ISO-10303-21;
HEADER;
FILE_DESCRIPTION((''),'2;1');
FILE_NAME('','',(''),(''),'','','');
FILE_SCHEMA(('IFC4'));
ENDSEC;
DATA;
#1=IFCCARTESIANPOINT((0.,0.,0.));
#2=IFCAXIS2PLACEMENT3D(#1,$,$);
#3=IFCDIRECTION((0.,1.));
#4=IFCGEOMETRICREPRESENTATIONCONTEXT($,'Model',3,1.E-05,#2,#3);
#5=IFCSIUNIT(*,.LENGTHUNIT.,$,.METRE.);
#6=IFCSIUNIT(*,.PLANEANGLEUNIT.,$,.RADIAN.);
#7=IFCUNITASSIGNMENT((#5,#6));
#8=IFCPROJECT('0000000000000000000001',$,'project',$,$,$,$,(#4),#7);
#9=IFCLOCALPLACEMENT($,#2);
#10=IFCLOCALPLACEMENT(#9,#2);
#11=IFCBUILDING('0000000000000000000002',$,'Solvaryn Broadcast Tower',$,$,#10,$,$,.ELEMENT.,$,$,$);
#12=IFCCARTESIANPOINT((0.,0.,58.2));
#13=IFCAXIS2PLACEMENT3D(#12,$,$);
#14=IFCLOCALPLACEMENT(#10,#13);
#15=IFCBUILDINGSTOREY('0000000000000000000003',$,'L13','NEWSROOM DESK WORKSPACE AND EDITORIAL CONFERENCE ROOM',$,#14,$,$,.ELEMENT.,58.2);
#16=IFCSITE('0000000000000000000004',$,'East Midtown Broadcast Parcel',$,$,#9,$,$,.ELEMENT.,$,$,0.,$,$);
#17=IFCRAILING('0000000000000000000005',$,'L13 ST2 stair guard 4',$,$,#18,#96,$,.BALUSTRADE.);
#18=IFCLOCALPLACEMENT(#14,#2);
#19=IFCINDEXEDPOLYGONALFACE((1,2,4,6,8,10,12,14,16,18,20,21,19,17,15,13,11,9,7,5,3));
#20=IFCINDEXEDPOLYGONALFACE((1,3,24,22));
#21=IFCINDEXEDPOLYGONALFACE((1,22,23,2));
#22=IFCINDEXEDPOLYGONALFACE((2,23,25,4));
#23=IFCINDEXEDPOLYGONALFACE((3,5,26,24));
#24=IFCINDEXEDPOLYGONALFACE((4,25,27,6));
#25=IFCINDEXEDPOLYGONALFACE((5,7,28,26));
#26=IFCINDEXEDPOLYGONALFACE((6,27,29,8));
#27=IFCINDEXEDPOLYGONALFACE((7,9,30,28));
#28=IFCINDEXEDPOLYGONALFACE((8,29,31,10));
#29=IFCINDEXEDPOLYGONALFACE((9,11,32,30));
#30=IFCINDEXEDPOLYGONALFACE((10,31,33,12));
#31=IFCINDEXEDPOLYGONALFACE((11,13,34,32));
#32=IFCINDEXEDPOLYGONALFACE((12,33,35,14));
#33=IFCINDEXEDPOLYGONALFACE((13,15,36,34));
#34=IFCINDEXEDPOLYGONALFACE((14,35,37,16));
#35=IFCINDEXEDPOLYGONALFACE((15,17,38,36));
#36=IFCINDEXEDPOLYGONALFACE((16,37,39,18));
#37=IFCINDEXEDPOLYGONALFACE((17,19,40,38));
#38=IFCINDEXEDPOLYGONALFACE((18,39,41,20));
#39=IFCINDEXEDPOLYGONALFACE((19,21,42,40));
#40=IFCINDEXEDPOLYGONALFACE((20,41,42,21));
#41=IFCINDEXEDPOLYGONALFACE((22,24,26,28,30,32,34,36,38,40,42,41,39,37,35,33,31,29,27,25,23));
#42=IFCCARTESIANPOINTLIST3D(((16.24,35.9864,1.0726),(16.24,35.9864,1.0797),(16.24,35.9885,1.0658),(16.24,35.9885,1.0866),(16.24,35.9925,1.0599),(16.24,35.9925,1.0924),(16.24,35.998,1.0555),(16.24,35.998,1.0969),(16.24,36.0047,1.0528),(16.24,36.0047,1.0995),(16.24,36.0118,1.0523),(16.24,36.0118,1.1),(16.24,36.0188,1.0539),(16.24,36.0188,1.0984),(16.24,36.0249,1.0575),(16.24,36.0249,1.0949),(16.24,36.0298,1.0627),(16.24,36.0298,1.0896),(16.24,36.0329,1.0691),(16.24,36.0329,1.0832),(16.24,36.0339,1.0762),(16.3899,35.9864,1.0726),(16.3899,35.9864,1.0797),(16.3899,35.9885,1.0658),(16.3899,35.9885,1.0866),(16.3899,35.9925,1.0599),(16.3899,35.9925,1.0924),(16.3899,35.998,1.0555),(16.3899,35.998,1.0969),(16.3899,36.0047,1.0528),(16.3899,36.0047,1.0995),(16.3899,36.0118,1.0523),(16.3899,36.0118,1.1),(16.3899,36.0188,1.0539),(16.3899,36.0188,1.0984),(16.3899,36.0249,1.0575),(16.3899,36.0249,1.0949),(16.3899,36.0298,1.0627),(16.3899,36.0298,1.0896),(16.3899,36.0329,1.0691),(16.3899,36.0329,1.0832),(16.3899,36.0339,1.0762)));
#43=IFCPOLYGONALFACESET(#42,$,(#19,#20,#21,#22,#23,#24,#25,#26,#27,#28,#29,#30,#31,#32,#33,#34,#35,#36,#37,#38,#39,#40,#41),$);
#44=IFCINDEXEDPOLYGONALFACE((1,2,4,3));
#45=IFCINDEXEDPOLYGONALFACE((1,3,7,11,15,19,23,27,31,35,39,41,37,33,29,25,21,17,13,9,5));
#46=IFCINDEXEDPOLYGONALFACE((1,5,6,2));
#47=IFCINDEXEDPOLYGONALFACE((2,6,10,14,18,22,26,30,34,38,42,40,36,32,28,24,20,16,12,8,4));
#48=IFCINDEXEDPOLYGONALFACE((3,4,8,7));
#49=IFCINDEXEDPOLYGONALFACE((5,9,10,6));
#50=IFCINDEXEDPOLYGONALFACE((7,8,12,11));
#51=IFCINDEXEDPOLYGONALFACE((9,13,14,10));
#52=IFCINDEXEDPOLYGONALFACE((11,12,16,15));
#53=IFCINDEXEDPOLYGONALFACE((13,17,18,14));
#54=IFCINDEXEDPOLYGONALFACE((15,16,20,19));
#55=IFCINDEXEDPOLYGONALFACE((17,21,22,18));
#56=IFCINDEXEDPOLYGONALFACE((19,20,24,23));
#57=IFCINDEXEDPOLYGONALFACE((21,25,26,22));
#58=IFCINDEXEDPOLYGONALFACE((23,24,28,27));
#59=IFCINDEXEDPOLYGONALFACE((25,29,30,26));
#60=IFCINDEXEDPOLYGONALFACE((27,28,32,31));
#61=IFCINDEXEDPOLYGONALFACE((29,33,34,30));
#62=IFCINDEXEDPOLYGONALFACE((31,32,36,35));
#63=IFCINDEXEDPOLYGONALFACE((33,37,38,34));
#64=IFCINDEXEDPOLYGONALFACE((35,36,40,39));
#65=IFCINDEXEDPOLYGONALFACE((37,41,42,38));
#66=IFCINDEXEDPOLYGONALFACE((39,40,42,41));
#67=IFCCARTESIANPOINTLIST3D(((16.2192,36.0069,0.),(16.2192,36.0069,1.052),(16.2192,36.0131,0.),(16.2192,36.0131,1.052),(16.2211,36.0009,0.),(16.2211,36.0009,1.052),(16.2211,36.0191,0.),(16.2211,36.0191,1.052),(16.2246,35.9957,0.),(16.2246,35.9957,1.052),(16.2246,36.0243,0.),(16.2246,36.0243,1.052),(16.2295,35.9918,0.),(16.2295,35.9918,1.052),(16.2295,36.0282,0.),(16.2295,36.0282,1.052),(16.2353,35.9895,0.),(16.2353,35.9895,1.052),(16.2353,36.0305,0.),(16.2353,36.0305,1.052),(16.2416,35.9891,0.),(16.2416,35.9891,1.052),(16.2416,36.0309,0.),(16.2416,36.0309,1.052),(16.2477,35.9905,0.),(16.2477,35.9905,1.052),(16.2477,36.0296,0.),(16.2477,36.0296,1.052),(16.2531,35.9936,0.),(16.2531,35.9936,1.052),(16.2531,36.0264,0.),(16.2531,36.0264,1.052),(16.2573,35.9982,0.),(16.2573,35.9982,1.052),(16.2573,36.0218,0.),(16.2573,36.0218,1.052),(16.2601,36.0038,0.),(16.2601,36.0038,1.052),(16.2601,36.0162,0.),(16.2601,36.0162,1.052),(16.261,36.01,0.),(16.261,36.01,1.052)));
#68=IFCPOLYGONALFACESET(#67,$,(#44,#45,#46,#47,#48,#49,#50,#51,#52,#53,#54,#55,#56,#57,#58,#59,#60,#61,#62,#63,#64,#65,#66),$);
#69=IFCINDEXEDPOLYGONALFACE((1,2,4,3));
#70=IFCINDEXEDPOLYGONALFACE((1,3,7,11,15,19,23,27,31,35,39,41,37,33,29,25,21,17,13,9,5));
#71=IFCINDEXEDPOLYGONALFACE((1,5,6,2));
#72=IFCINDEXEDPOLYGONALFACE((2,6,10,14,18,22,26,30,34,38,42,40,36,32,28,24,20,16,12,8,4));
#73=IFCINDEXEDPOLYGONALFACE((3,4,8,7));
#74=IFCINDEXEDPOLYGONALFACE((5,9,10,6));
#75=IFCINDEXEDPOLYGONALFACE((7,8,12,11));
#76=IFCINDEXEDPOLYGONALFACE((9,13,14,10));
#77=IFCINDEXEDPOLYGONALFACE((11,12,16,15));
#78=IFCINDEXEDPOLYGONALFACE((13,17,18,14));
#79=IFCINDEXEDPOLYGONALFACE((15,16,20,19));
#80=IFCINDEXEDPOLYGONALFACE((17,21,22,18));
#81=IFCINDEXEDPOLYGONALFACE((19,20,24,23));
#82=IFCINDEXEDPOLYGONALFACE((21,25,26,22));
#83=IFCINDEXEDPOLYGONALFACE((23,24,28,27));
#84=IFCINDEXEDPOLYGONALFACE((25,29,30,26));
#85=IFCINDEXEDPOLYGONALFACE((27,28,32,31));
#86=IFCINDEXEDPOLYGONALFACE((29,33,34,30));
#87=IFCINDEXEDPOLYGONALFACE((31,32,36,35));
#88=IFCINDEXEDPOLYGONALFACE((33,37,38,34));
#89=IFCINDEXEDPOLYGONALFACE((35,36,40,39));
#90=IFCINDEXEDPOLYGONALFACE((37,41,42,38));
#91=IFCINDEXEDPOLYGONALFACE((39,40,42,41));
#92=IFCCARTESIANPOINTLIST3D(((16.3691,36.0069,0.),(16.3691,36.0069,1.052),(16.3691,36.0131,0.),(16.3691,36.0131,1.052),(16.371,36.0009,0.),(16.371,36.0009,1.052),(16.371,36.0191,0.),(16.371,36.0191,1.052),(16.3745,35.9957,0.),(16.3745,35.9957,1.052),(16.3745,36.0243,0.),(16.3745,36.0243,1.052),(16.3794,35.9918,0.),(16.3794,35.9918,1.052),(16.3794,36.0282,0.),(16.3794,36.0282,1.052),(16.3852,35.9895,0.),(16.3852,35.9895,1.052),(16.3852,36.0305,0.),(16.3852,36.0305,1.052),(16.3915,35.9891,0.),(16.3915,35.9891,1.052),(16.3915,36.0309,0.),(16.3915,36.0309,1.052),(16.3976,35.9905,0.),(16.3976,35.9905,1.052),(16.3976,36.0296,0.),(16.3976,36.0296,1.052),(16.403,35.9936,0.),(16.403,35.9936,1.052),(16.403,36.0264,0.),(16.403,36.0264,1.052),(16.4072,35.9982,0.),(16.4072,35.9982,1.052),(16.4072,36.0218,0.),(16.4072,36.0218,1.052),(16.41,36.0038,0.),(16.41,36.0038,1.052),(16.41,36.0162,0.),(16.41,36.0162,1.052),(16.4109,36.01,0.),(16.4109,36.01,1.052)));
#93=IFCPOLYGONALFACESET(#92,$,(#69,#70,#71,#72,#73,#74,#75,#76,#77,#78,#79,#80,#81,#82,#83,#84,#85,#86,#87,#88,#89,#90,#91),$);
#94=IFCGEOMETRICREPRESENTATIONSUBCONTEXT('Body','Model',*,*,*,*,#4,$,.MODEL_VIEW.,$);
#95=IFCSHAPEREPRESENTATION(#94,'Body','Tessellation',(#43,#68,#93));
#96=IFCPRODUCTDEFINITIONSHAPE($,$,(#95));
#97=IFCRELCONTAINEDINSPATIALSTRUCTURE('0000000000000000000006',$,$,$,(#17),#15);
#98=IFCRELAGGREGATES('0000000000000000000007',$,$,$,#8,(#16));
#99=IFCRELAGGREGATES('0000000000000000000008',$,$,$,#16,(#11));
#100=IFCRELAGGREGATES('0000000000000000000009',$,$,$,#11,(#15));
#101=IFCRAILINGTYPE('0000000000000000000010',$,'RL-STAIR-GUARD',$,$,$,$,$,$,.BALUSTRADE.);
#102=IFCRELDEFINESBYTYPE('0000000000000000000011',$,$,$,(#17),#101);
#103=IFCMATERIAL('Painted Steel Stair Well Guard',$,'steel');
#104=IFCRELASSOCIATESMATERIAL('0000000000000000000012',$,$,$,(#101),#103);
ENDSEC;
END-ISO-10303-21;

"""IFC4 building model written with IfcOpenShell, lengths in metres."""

from ifc_helpers import new_model, si_unit, direction, frame, origin, origin_2d, place, context, subcontext, project, spatial, circle, extrude, material, type_object, element, save


model = new_model("IFC4")

# Units and contexts
model_context = context("Model", 3, precision=1e-05, world=origin(), true_north=direction((0.0, 1.0)))
body_context = subcontext(model_context, "Body", "Model", "MODEL_VIEW")
ifc_project = project(units=[si_unit("LENGTHUNIT", "METRE"), si_unit("PLANEANGLEUNIT", "RADIAN")], contexts=[model_context])

# Site, building, storey
site_placement = place(None, origin())
site = spatial("IfcSite", under=ifc_project, at=site_placement, Name="East Midtown Broadcast Parcel", CompositionType="ELEMENT", RefElevation=0.0)
building_placement = place(site_placement, origin())
building = spatial("IfcBuilding", under=site, at=building_placement, Name="Solvaryn Broadcast Tower", CompositionType="ELEMENT")
storey_placement = place(building_placement, frame((0.0, 0.0, 58.2)))
storey = spatial("IfcBuildingStorey", under=building, at=storey_placement, Name="L13", Description="NEWSROOM DESK WORKSPACE AND EDITORIAL CONFERENCE ROOM", CompositionType="ELEMENT", Elevation=58.2)

# Railing
ifc_material_1 = material(Name="Painted Steel Stair Well Guard", Category="steel")
railing_type_1 = type_object("IfcRailingType", Name="RL-STAIR-GUARD", PredefinedType="BALUSTRADE", material=ifc_material_1)
railing_1_placement = place(storey_placement, frame((16.24, 36.01, 0.0)))
element("IfcRailing", 1, at=railing_1_placement, inside=storey, type_object=railing_type_1, Name="L13 ST2 stair guard 4", PredefinedType="BALUSTRADE", context=body_context, shape_type="SweptSolid", body=[
    extrude(circle(Radius=0.0239, at=origin_2d()), frame((0.0, 0.0, 1.0762), z_axis=(1.0, 0.0, 0.0), x_axis=(0.0, 1.0, 0.0)), (0.0, 0.0, 1.0), 0.1499),
    extrude(circle(Radius=0.021, at=origin_2d()), origin(), (0.0, 0.0, 1.0), 1.052),
    extrude(circle(Radius=0.021, at=origin_2d()), frame((0.1499, 0.0, 0.0)), (0.0, 0.0, 1.0), 1.052),
])

save(model, "model.ifc")
